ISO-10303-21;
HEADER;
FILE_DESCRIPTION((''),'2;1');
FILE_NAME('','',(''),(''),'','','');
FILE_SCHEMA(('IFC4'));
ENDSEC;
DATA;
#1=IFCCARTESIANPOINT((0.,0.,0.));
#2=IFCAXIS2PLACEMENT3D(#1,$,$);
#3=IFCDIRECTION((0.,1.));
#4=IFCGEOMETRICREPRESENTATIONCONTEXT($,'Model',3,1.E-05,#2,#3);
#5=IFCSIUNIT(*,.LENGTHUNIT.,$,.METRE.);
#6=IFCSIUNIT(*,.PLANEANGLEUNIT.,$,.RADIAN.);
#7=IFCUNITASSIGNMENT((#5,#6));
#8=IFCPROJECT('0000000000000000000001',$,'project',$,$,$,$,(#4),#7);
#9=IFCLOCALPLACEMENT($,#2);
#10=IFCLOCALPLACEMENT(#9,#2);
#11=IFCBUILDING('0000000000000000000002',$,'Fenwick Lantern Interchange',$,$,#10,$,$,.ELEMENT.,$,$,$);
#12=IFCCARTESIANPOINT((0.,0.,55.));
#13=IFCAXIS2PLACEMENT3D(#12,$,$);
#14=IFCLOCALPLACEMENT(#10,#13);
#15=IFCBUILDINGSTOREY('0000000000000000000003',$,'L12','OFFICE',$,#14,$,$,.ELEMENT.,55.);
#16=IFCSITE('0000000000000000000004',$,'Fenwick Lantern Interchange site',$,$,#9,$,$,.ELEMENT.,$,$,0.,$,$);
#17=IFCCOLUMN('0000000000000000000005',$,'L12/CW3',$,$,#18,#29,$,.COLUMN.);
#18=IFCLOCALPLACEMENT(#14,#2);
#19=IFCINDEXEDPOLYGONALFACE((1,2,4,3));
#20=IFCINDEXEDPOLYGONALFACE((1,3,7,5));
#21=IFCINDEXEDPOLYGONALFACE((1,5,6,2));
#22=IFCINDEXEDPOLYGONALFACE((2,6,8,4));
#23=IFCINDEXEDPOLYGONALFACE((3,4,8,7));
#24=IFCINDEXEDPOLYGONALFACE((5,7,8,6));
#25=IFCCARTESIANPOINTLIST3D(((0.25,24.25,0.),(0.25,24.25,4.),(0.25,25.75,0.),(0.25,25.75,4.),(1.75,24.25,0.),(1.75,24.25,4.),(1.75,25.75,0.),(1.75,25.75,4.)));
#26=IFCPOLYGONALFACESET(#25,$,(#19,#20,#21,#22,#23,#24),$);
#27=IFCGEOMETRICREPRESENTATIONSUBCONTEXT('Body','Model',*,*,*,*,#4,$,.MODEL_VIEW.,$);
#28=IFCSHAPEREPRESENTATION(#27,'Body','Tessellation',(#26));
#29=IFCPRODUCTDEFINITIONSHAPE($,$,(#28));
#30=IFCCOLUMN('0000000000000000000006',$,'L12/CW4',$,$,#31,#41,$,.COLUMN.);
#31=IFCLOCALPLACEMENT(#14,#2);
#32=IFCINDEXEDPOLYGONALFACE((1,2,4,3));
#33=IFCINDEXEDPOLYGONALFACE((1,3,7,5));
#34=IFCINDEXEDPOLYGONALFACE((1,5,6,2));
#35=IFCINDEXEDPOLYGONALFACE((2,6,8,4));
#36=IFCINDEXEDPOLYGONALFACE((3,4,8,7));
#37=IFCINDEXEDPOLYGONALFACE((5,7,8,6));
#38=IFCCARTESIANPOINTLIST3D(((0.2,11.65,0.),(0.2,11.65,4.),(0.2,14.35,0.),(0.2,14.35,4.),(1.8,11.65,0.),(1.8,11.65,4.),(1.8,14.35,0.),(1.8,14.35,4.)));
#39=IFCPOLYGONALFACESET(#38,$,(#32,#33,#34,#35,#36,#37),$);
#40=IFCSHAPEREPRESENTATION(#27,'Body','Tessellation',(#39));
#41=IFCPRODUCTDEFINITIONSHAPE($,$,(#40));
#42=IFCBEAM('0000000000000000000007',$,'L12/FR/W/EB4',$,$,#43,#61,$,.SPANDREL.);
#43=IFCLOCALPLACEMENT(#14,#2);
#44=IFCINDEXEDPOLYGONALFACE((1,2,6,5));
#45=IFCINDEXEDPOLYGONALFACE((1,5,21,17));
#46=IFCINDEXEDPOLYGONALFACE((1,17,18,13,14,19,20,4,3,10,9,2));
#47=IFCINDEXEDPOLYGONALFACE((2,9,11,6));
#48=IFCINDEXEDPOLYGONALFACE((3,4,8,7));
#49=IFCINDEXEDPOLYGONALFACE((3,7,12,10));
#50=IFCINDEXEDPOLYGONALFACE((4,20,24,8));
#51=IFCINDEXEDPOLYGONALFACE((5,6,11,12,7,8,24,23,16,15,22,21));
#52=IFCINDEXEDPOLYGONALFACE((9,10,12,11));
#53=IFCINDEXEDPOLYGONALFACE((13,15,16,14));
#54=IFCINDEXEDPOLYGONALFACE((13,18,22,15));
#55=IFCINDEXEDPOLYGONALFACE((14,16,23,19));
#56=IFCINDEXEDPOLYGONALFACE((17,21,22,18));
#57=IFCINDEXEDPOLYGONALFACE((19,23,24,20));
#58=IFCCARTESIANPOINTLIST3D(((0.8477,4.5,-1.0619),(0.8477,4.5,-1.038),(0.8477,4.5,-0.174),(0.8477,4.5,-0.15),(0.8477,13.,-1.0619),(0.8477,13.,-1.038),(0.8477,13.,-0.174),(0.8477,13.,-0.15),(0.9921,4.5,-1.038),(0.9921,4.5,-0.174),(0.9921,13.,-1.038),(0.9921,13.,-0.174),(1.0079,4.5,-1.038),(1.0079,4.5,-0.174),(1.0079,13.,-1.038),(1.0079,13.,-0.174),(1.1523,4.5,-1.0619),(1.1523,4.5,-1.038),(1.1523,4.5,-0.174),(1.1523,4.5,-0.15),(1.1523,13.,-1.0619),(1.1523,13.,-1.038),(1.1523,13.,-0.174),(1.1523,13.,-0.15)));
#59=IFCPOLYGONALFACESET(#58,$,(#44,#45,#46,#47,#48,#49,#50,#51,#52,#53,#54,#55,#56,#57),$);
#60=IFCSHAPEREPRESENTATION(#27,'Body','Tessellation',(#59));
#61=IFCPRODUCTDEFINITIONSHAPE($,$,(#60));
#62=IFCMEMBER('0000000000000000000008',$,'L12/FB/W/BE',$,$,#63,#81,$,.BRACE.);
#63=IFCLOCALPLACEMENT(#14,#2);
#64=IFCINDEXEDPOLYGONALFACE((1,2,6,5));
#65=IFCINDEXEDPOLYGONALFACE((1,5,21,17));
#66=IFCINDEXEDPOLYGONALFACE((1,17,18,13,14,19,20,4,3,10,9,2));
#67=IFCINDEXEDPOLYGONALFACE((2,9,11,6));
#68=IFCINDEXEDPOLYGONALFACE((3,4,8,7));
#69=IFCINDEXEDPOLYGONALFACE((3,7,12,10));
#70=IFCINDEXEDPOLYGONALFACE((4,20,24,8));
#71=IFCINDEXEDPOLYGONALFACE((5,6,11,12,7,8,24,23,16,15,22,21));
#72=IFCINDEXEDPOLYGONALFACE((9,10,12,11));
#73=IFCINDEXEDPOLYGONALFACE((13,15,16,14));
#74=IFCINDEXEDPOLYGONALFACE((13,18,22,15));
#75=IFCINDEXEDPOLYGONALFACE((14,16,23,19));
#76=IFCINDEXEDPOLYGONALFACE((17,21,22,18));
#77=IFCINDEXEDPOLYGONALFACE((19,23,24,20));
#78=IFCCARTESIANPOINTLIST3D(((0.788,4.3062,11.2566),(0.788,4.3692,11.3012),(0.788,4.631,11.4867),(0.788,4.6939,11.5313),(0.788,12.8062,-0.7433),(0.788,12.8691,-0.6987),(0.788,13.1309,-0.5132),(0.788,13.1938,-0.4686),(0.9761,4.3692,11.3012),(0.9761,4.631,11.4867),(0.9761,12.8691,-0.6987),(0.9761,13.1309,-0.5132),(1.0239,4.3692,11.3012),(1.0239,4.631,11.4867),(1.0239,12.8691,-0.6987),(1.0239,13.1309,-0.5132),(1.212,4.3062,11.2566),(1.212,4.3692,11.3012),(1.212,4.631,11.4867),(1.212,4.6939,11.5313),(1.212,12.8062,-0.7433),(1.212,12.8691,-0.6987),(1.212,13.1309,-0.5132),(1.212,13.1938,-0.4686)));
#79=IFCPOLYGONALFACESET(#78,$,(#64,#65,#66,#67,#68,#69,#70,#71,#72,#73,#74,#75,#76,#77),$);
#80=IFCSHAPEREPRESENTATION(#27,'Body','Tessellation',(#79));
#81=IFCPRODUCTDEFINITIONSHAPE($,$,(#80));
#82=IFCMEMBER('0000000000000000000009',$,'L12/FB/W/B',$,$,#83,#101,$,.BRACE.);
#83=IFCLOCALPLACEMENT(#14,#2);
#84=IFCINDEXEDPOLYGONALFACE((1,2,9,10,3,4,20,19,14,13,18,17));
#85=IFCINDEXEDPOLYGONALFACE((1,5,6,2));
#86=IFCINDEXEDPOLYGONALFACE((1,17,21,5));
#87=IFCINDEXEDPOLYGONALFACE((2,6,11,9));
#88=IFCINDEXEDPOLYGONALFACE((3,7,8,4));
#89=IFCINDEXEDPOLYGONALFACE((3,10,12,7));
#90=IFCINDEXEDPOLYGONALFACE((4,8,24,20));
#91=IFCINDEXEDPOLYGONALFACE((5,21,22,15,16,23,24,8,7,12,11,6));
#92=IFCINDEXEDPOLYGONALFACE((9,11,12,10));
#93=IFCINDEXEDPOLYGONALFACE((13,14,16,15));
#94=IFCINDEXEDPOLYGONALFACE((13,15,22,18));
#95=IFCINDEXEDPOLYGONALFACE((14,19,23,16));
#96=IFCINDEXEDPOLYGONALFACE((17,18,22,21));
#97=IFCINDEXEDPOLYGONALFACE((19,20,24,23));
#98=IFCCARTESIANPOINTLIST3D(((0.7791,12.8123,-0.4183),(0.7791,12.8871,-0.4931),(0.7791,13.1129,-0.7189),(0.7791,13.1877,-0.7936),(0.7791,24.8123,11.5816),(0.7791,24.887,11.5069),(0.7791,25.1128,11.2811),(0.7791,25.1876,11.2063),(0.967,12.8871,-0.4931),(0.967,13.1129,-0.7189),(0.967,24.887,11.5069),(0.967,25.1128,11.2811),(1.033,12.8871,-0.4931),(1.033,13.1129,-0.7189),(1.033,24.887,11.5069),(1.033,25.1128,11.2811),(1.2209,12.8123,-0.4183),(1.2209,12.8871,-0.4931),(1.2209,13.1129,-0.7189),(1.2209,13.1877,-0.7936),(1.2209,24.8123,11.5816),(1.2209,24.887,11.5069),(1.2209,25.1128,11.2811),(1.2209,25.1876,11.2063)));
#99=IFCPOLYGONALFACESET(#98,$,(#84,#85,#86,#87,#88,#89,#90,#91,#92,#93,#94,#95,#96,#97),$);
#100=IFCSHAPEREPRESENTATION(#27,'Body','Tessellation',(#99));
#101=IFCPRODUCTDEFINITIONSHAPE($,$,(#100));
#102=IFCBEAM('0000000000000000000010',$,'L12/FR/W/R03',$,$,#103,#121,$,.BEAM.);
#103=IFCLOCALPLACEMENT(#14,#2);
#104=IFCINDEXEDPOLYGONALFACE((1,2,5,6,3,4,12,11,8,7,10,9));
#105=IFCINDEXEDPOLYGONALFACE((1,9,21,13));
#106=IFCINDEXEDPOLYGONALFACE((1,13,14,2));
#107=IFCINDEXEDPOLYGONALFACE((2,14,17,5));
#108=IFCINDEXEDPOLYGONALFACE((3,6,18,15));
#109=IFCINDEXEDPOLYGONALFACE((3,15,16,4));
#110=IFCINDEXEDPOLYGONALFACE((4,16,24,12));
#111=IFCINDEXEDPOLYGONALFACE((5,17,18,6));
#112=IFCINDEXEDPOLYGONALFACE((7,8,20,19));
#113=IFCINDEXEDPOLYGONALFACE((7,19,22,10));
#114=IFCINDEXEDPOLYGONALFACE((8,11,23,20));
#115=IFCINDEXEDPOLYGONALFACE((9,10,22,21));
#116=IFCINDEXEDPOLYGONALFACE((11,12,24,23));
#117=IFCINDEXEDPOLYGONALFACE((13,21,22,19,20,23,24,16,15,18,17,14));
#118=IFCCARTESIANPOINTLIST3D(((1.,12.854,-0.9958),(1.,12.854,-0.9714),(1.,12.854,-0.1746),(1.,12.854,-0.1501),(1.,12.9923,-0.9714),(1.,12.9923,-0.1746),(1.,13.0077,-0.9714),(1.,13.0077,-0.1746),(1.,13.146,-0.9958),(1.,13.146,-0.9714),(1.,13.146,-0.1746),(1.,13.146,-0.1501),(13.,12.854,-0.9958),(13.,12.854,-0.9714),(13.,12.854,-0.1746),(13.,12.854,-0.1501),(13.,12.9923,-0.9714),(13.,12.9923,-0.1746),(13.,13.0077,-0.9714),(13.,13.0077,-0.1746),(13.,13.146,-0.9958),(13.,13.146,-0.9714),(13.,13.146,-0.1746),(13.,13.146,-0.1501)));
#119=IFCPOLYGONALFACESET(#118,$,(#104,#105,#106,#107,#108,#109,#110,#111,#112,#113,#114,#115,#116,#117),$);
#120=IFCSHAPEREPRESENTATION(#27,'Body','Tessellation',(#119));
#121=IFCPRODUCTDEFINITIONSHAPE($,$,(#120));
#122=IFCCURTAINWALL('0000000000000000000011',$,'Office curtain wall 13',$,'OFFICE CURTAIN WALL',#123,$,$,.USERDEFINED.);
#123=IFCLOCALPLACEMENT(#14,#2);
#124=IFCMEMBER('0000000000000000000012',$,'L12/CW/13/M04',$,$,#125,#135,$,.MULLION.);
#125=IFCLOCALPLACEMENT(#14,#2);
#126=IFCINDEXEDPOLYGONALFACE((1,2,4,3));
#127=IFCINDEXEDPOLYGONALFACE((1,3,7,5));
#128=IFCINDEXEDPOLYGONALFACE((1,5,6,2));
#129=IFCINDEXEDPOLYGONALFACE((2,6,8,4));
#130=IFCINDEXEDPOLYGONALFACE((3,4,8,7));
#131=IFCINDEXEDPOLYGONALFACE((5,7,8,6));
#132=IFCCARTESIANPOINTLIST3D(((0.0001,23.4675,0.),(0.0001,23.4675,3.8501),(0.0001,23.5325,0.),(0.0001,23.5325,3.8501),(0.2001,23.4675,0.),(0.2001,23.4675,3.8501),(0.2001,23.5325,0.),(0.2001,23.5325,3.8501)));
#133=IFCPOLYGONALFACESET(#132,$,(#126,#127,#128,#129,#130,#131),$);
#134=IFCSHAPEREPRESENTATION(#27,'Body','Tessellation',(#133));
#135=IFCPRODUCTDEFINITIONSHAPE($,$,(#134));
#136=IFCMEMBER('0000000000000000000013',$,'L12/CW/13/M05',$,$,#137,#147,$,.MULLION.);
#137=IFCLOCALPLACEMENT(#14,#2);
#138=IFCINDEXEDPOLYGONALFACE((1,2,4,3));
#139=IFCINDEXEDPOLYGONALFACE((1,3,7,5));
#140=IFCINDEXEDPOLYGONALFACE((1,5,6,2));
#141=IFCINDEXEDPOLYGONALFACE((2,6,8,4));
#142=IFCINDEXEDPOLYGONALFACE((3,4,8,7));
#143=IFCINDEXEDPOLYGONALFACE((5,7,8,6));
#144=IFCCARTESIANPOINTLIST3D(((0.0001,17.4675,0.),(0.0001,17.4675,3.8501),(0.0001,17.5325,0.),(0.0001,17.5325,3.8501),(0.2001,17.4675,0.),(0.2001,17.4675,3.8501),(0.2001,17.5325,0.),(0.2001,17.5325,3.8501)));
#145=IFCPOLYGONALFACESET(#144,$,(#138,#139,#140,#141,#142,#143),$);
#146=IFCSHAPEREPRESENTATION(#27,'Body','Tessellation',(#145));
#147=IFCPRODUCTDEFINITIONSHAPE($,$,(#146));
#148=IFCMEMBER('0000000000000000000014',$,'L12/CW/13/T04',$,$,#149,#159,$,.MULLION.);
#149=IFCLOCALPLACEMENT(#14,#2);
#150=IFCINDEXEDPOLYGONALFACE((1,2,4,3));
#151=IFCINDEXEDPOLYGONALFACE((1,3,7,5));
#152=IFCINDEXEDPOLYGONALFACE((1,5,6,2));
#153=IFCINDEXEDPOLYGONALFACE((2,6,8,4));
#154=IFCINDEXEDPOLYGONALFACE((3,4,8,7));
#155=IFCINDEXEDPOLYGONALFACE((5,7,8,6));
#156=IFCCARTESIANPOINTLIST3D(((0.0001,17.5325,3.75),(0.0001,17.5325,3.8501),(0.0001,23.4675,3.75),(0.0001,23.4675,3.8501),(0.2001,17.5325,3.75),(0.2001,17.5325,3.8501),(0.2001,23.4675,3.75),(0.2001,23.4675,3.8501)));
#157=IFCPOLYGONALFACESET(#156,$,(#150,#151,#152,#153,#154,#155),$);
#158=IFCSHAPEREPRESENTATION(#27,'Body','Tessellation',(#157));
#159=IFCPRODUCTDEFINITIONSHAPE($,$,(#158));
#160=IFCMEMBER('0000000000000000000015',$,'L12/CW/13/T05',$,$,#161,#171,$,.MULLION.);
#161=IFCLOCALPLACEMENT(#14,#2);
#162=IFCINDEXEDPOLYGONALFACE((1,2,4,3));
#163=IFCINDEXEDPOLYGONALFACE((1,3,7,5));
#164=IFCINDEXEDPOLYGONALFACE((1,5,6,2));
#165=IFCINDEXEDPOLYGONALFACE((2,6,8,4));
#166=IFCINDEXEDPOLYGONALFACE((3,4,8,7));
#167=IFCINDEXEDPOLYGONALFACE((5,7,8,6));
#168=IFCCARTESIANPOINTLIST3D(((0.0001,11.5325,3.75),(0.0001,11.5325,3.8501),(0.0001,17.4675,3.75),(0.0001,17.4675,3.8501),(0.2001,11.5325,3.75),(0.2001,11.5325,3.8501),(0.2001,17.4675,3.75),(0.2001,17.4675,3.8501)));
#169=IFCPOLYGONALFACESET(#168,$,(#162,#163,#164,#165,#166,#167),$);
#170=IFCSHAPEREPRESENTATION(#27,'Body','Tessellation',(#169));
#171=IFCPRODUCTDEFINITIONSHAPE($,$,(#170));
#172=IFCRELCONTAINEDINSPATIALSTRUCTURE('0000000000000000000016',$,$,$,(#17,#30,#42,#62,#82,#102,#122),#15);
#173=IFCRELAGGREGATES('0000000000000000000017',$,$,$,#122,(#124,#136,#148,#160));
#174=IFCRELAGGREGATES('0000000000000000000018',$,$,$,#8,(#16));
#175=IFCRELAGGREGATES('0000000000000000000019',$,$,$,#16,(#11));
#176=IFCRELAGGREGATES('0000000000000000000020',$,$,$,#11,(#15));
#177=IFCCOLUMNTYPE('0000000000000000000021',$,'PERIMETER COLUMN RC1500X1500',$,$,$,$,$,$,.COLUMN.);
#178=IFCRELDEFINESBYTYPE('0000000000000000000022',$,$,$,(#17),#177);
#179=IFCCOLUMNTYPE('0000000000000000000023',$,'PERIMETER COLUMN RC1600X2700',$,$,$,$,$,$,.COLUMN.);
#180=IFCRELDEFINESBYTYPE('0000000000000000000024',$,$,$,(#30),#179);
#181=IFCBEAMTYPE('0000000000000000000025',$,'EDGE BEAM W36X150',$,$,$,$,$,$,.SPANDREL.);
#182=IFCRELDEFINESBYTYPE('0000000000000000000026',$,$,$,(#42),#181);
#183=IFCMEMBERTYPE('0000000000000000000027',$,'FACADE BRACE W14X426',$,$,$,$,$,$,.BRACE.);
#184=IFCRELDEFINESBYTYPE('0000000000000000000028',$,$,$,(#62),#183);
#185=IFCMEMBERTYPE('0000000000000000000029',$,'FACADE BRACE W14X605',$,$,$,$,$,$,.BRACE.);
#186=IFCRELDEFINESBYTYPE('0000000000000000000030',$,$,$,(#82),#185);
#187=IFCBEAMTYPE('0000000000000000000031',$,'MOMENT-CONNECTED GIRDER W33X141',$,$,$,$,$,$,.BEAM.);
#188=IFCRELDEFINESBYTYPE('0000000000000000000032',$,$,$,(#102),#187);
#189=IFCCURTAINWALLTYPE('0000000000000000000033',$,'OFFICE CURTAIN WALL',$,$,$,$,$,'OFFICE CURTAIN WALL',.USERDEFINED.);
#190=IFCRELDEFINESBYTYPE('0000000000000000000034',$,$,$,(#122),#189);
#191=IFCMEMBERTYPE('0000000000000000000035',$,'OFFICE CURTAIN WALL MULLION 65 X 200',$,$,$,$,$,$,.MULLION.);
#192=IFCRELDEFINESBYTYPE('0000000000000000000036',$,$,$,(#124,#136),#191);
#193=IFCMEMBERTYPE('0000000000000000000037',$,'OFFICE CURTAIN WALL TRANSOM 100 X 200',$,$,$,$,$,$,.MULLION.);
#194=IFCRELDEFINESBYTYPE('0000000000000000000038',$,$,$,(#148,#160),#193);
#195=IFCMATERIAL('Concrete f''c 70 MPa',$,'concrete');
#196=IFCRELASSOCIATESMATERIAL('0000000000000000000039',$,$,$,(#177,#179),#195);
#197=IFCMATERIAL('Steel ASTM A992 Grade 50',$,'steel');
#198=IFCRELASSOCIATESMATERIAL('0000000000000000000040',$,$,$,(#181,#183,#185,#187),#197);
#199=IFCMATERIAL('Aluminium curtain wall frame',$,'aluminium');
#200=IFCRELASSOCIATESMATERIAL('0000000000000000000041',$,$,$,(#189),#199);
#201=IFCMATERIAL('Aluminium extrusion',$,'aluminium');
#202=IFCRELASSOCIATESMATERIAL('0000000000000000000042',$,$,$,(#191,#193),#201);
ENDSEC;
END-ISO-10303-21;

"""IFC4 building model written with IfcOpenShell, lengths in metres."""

from ifc_helpers import new_model, si_unit, direction, frame, origin, origin_2d, place, context, subcontext, project, spatial, rectangle, i_section, extrude, material, material_profile, profile_set, type_object, element, aggregate, save


model = new_model("IFC4")

# Units and contexts
model_context = context("Model", 3, precision=1e-05, world=origin(), true_north=direction((0.0, 1.0)))
body_context = subcontext(model_context, "Body", "Model", "MODEL_VIEW")
ifc_project = project(units=[si_unit("LENGTHUNIT", "METRE"), si_unit("PLANEANGLEUNIT", "RADIAN")], contexts=[model_context])

# Site, building, storey
site_placement = place(None, origin())
site = spatial("IfcSite", under=ifc_project, at=site_placement, Name="Fenwick Lantern Interchange site", CompositionType="ELEMENT", RefElevation=0.0)
building_placement = place(site_placement, origin())
building = spatial("IfcBuilding", under=site, at=building_placement, Name="Fenwick Lantern Interchange", CompositionType="ELEMENT")
storey_placement = place(building_placement, frame((0.0, 0.0, 55.0)))
storey = spatial("IfcBuildingStorey", under=building, at=storey_placement, Name="L12", Description="OFFICE", CompositionType="ELEMENT", Elevation=55.0)

# Columns
ifc_material_1 = material(Name="Concrete f'c 70 MPa", Category="concrete")
ifc_material_profile_1 = material_profile(ifc_material_1, rectangle(XDim=1.5, YDim=1.5, at=origin_2d()), Name="RC1500X1500")
ifc_profile_set_1 = profile_set([ifc_material_profile_1], Name="Concrete f'c 70 MPa")
column_type_1 = type_object("IfcColumnType", Name="PERIMETER COLUMN RC1500X1500", PredefinedType="COLUMN", material=ifc_profile_set_1)
column_1_placement = place(storey_placement, frame((1.0, 25.0, 0.0), z_axis=(0.0, 0.0, 1.0), x_axis=(1.0, 0.0, 0.0)))
element("IfcColumn", 1, at=column_1_placement, inside=storey, type_object=column_type_1, Name="L12/CW3", PredefinedType="COLUMN", context=body_context, shape_type="SweptSolid", body=[
    extrude(rectangle(XDim=1.5, YDim=1.5, at=origin_2d()), origin(), (0.0, 0.0, 1.0), 4.0),
])
ifc_material_profile_2 = material_profile(ifc_material_1, rectangle(XDim=1.6001, YDim=2.7, at=origin_2d()), Name="RC1600X2700")
ifc_profile_set_2 = profile_set([ifc_material_profile_2], Name="Concrete f'c 70 MPa")
column_type_2 = type_object("IfcColumnType", Name="PERIMETER COLUMN RC1600X2700", PredefinedType="COLUMN", material=ifc_profile_set_2)
column_2_placement = place(storey_placement, frame((1.0, 13.0, 0.0), z_axis=(0.0, 0.0, 1.0), x_axis=(1.0, 0.0, 0.0)))
element("IfcColumn", 2, at=column_2_placement, inside=storey, type_object=column_type_2, Name="L12/CW4", PredefinedType="COLUMN", context=body_context, shape_type="SweptSolid", body=[
    extrude(rectangle(XDim=1.6001, YDim=2.7, at=origin_2d()), origin(), (0.0, 0.0, 1.0), 4.0),
])

# Beam
ifc_material_2 = material(Name="Steel ASTM A992 Grade 50", Category="steel")
ifc_material_profile_3 = material_profile(ifc_material_2, i_section(OverallWidth=0.3047, OverallDepth=0.9119, WebThickness=0.0159, FlangeThickness=0.0239, at=origin_2d()), Name="W36X150")
ifc_profile_set_3 = profile_set([ifc_material_profile_3], Name="Steel ASTM A992 Grade 50")
beam_type_1 = type_object("IfcBeamType", Name="EDGE BEAM W36X150", PredefinedType="SPANDREL", material=ifc_profile_set_3)
beam_1_placement = place(storey_placement, frame((1.0, 13.0, -0.606), z_axis=(0.0, -1.0, 0.0), x_axis=(1.0, 0.0, 0.0)))
element("IfcBeam", 3, at=beam_1_placement, inside=storey, type_object=beam_type_1, Name="L12/FR/W/EB4", PredefinedType="SPANDREL", context=body_context, shape_type="SweptSolid", body=[
    extrude(i_section(OverallWidth=0.3047, OverallDepth=0.9119, WebThickness=0.0159, FlangeThickness=0.0239, at=origin_2d()), origin(), (0.0, 0.0, 1.0), 8.5),
])

# Members
ifc_material_profile_4 = material_profile(ifc_material_2, i_section(OverallWidth=0.4241, OverallDepth=0.4751, WebThickness=0.0479, FlangeThickness=0.0771, at=origin_2d()), Name="W14X426")
ifc_profile_set_4 = profile_set([ifc_material_profile_4], Name="Steel ASTM A992 Grade 50")
member_type_1 = type_object("IfcMemberType", Name="FACADE BRACE W14X426", PredefinedType="BRACE", material=ifc_profile_set_4)
member_1_placement = place(storey_placement, frame((1.0, 13.0, -0.606), z_axis=(0.0, -0.578017, 0.816024), x_axis=(1.0, 0.0, 0.0)))
element("IfcMember", 4, at=member_1_placement, inside=storey, type_object=member_type_1, Name="L12/FB/W/BE", PredefinedType="BRACE", context=body_context, shape_type="SweptSolid", body=[
    extrude(i_section(OverallWidth=0.4241, OverallDepth=0.4751, WebThickness=0.0479, FlangeThickness=0.0771, at=origin_2d()), origin(), (0.0, 0.0, 1.0), 14.7053),
])
ifc_material_profile_5 = material_profile(ifc_material_2, i_section(OverallWidth=0.4419, OverallDepth=0.5308, WebThickness=0.0659, FlangeThickness=0.1057, at=origin_2d()), Name="W14X605")
ifc_profile_set_5 = profile_set([ifc_material_profile_5], Name="Steel ASTM A992 Grade 50")
member_type_2 = type_object("IfcMemberType", Name="FACADE BRACE W14X605", PredefinedType="BRACE", material=ifc_profile_set_5)
member_2_placement = place(storey_placement, frame((1.0, 13.0, -0.606), z_axis=(0.0, 0.707107, 0.707107), x_axis=(-1.0, 0.0, 0.0)))
element("IfcMember", 5, at=member_2_placement, inside=storey, type_object=member_type_2, Name="L12/FB/W/B", PredefinedType="BRACE", context=body_context, shape_type="SweptSolid", body=[
    extrude(i_section(OverallWidth=0.4419, OverallDepth=0.5308, WebThickness=0.0659, FlangeThickness=0.1057, at=origin_2d()), origin(), (0.0, 0.0, 1.0), 16.9705),
])

# Beam
ifc_material_profile_6 = material_profile(ifc_material_2, i_section(OverallWidth=0.292, OverallDepth=0.8457, WebThickness=0.0154, FlangeThickness=0.0244, at=origin_2d()), Name="W33X141")
ifc_profile_set_6 = profile_set([ifc_material_profile_6], Name="Steel ASTM A992 Grade 50")
beam_type_2 = type_object("IfcBeamType", Name="MOMENT-CONNECTED GIRDER W33X141", PredefinedType="BEAM", material=ifc_profile_set_6)
beam_2_placement = place(storey_placement, frame((1.0, 13.0, -0.573), z_axis=(1.0, 0.0, 0.0), x_axis=(0.0, 1.0, 0.0)))
element("IfcBeam", 6, at=beam_2_placement, inside=storey, type_object=beam_type_2, Name="L12/FR/W/R03", PredefinedType="BEAM", context=body_context, shape_type="SweptSolid", body=[
    extrude(i_section(OverallWidth=0.292, OverallDepth=0.8457, WebThickness=0.0154, FlangeThickness=0.0244, at=origin_2d()), origin(), (0.0, 0.0, 1.0), 12.0),
])

# Curtain wall, members
ifc_material_3 = material(Name="Aluminium curtain wall frame", Category="aluminium")
curtain_wall_type = type_object("IfcCurtainWallType", Name="OFFICE CURTAIN WALL", ElementType="OFFICE CURTAIN WALL", PredefinedType="USERDEFINED", material=ifc_material_3)
curtain_wall_placement = place(storey_placement, origin())
curtain_wall = element("IfcCurtainWall", 7, at=curtain_wall_placement, inside=storey, type_object=curtain_wall_type, Name="Office curtain wall 13", ObjectType="OFFICE CURTAIN WALL", PredefinedType="USERDEFINED")
ifc_material_4 = material(Name="Aluminium extrusion", Category="aluminium")
ifc_material_profile_7 = material_profile(ifc_material_4, rectangle(XDim=0.2, YDim=0.0649, at=origin_2d()), Name="OFFICE CURTAIN WALL MULLION 65 X 200")
ifc_profile_set_7 = profile_set([ifc_material_profile_7], Name="Aluminium extrusion")
member_type_3 = type_object("IfcMemberType", Name="OFFICE CURTAIN WALL MULLION 65 X 200", PredefinedType="MULLION", material=ifc_profile_set_7)
member_3_placement = place(storey_placement, frame((0.1001, 23.5, 0.0), z_axis=(0.0, 0.0, 1.0), x_axis=(1.0, 0.0, 0.0)))
member_3 = element("IfcMember", 8, at=member_3_placement, type_object=member_type_3, Name="L12/CW/13/M04", PredefinedType="MULLION", context=body_context, shape_type="SweptSolid", body=[
    extrude(rectangle(XDim=0.2, YDim=0.0649, at=origin_2d()), origin(), (0.0, 0.0, 1.0), 3.8501),
])
member_4_placement = place(storey_placement, frame((0.1001, 17.5, 0.0), z_axis=(0.0, 0.0, 1.0), x_axis=(1.0, 0.0, 0.0)))
member_4 = element("IfcMember", 9, at=member_4_placement, type_object=member_type_3, Name="L12/CW/13/M05", PredefinedType="MULLION", context=body_context, shape_type="SweptSolid", body=[
    extrude(rectangle(XDim=0.2, YDim=0.0649, at=origin_2d()), origin(), (0.0, 0.0, 1.0), 3.8501),
])
ifc_material_profile_8 = material_profile(ifc_material_4, rectangle(XDim=0.2, YDim=0.1001, at=origin_2d()), Name="OFFICE CURTAIN WALL TRANSOM 100 X 200")
ifc_profile_set_8 = profile_set([ifc_material_profile_8], Name="Aluminium extrusion")
member_type_4 = type_object("IfcMemberType", Name="OFFICE CURTAIN WALL TRANSOM 100 X 200", PredefinedType="MULLION", material=ifc_profile_set_8)
member_5_placement = place(storey_placement, frame((0.1001, 23.4675, 3.8), z_axis=(0.0, -1.0, 0.0), x_axis=(1.0, 0.0, 0.0)))
member_5 = element("IfcMember", 10, at=member_5_placement, type_object=member_type_4, Name="L12/CW/13/T04", PredefinedType="MULLION", context=body_context, shape_type="SweptSolid", body=[
    extrude(rectangle(XDim=0.2, YDim=0.1001, at=origin_2d()), origin(), (0.0, 0.0, 1.0), 5.9351),
])
member_6_placement = place(storey_placement, frame((0.1001, 17.4675, 3.8), z_axis=(0.0, -1.0, 0.0), x_axis=(1.0, 0.0, 0.0)))
member_6 = element("IfcMember", 11, at=member_6_placement, type_object=member_type_4, Name="L12/CW/13/T05", PredefinedType="MULLION", context=body_context, shape_type="SweptSolid", body=[
    extrude(rectangle(XDim=0.2, YDim=0.1001, at=origin_2d()), origin(), (0.0, 0.0, 1.0), 5.9351),
])
aggregate(curtain_wall, [member_3, member_4, member_5, member_6])

save(model, "model.ifc")
